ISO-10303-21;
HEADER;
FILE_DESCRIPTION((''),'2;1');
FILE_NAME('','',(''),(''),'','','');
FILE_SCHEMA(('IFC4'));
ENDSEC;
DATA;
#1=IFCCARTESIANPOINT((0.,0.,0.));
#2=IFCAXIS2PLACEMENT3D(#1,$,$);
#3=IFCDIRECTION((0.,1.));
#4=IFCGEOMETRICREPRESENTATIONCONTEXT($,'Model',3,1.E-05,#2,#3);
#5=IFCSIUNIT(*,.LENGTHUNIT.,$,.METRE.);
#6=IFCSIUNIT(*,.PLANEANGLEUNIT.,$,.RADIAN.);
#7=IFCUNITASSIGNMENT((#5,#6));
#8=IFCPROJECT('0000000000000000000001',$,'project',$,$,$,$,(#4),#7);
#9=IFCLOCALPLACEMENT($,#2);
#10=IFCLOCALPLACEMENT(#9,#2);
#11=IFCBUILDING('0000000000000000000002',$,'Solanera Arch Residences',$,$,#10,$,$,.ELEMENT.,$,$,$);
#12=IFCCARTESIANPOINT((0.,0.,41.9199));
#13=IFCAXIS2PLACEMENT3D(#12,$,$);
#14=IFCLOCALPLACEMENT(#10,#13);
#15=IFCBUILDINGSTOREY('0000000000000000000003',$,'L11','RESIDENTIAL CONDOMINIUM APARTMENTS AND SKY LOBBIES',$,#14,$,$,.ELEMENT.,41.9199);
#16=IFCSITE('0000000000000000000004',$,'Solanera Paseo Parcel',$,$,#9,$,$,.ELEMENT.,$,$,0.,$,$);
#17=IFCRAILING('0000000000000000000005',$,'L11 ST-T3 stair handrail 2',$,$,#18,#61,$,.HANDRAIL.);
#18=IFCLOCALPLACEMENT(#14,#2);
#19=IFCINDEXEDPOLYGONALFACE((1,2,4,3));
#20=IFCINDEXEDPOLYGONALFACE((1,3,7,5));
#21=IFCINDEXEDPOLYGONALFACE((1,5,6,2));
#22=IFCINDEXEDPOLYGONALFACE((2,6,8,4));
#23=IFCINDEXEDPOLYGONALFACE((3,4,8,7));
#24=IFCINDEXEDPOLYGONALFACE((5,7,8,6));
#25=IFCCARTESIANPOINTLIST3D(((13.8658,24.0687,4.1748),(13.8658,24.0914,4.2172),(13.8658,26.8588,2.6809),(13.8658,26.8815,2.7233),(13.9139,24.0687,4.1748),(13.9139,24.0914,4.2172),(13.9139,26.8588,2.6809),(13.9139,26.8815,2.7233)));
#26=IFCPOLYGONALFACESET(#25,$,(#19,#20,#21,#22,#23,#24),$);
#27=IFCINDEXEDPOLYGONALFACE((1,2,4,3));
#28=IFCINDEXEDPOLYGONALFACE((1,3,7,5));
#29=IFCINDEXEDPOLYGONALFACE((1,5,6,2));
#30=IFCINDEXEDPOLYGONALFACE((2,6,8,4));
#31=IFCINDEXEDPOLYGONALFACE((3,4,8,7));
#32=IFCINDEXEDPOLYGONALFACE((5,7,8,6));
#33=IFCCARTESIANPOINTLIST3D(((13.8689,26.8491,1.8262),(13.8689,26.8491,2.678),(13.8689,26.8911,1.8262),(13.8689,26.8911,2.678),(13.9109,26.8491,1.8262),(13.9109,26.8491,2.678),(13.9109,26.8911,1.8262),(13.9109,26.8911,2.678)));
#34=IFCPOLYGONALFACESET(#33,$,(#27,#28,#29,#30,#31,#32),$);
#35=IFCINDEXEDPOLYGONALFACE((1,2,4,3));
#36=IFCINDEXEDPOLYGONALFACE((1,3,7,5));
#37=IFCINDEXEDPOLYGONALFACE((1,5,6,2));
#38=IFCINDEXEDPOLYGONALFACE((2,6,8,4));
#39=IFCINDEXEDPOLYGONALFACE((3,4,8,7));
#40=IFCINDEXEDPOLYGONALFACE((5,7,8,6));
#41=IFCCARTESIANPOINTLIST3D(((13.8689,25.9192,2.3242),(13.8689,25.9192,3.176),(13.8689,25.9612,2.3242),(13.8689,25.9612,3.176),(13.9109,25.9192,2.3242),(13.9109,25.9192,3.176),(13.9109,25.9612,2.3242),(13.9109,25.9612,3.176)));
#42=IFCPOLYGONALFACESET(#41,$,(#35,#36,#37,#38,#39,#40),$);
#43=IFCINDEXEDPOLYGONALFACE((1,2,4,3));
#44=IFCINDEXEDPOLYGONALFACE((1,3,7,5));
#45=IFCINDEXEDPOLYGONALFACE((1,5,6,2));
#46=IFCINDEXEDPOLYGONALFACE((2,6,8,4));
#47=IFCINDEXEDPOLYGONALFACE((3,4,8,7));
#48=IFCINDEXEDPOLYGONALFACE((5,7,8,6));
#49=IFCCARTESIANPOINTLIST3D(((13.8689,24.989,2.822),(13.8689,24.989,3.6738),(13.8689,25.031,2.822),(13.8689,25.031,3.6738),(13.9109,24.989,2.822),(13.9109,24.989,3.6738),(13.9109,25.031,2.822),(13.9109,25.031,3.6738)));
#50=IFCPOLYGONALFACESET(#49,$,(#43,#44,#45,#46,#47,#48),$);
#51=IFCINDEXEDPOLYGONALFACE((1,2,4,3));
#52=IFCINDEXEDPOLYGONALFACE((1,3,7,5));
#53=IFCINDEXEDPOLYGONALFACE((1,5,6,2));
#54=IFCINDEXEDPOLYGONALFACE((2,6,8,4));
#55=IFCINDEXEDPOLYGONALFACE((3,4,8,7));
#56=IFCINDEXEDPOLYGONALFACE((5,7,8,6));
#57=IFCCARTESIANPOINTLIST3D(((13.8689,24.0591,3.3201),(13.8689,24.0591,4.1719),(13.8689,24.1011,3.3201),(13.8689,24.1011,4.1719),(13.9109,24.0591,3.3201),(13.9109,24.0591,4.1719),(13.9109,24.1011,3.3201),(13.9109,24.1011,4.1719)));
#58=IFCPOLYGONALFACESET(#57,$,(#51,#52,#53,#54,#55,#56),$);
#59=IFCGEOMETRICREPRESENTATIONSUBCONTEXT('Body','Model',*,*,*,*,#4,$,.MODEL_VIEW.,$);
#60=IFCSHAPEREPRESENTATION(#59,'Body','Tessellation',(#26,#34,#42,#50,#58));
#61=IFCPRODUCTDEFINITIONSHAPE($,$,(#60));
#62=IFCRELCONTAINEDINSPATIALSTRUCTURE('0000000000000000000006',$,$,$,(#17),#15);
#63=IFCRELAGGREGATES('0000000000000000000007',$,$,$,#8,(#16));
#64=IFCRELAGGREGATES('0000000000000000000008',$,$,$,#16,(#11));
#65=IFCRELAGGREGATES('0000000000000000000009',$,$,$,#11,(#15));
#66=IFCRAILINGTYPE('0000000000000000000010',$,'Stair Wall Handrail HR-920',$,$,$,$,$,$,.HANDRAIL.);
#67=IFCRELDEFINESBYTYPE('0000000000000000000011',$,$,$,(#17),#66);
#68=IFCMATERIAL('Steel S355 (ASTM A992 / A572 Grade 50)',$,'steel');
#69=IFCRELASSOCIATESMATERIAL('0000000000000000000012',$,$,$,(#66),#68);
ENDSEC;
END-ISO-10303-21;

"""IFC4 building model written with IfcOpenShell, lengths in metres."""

from ifc_helpers import new_model, si_unit, direction, frame, origin, origin_2d, place, context, subcontext, project, spatial, rectangle, extrude, material, type_object, element, save


model = new_model("IFC4")

# Units and contexts
model_context = context("Model", 3, precision=1e-05, world=origin(), true_north=direction((0.0, 1.0)))
body_context = subcontext(model_context, "Body", "Model", "MODEL_VIEW")
ifc_project = project(units=[si_unit("LENGTHUNIT", "METRE"), si_unit("PLANEANGLEUNIT", "RADIAN")], contexts=[model_context])

# Site, building, storey
site_placement = place(None, origin())
site = spatial("IfcSite", under=ifc_project, at=site_placement, Name="Solanera Paseo Parcel", CompositionType="ELEMENT", RefElevation=0.0)
building_placement = place(site_placement, origin())
building = spatial("IfcBuilding", under=site, at=building_placement, Name="Solanera Arch Residences", CompositionType="ELEMENT")
storey_placement = place(building_placement, frame((0.0, 0.0, 41.9199)))
storey = spatial("IfcBuildingStorey", under=building, at=storey_placement, Name="L11", Description="RESIDENTIAL CONDOMINIUM APARTMENTS AND SKY LOBBIES", CompositionType="ELEMENT", Elevation=41.9199)

# Railing
ifc_material_1 = material(Name="Steel S355 (ASTM A992 / A572 Grade 50)", Category="steel")
railing_type_1 = type_object("IfcRailingType", Name="Stair Wall Handrail HR-920", PredefinedType="HANDRAIL", material=ifc_material_1)
railing_1_placement = place(storey_placement, frame((13.8899, 26.8701, 1.8262)))
element("IfcRailing", 1, at=railing_1_placement, inside=storey, type_object=railing_type_1, Name="L11 ST-T3 stair handrail 2", PredefinedType="HANDRAIL", context=body_context, shape_type="SweptSolid", body=[
    extrude(rectangle(XDim=0.0481, YDim=0.0481, at=origin_2d()), frame((0.0, 0.0, 0.876), z_axis=(0.0, -0.881581, 0.472033), x_axis=(1.0, 0.0, 0.0)), (0.0, 0.0, 1.0), 3.1648),
    extrude(rectangle(XDim=0.042, YDim=0.042, at=origin_2d()), origin(), (0.0, 0.0, 1.0), 0.8518),
    extrude(rectangle(XDim=0.042, YDim=0.042, at=origin_2d()), frame((0.0, -0.9299, 0.498)), (0.0, 0.0, 1.0), 0.8518),
    extrude(rectangle(XDim=0.042, YDim=0.042, at=origin_2d()), frame((0.0, -1.8601, 0.9958)), (0.0, 0.0, 1.0), 0.8518),
    extrude(rectangle(XDim=0.042, YDim=0.042, at=origin_2d()), frame((0.0, -2.79, 1.4939)), (0.0, 0.0, 1.0), 0.8518),
])

save(model, "model.ifc")
